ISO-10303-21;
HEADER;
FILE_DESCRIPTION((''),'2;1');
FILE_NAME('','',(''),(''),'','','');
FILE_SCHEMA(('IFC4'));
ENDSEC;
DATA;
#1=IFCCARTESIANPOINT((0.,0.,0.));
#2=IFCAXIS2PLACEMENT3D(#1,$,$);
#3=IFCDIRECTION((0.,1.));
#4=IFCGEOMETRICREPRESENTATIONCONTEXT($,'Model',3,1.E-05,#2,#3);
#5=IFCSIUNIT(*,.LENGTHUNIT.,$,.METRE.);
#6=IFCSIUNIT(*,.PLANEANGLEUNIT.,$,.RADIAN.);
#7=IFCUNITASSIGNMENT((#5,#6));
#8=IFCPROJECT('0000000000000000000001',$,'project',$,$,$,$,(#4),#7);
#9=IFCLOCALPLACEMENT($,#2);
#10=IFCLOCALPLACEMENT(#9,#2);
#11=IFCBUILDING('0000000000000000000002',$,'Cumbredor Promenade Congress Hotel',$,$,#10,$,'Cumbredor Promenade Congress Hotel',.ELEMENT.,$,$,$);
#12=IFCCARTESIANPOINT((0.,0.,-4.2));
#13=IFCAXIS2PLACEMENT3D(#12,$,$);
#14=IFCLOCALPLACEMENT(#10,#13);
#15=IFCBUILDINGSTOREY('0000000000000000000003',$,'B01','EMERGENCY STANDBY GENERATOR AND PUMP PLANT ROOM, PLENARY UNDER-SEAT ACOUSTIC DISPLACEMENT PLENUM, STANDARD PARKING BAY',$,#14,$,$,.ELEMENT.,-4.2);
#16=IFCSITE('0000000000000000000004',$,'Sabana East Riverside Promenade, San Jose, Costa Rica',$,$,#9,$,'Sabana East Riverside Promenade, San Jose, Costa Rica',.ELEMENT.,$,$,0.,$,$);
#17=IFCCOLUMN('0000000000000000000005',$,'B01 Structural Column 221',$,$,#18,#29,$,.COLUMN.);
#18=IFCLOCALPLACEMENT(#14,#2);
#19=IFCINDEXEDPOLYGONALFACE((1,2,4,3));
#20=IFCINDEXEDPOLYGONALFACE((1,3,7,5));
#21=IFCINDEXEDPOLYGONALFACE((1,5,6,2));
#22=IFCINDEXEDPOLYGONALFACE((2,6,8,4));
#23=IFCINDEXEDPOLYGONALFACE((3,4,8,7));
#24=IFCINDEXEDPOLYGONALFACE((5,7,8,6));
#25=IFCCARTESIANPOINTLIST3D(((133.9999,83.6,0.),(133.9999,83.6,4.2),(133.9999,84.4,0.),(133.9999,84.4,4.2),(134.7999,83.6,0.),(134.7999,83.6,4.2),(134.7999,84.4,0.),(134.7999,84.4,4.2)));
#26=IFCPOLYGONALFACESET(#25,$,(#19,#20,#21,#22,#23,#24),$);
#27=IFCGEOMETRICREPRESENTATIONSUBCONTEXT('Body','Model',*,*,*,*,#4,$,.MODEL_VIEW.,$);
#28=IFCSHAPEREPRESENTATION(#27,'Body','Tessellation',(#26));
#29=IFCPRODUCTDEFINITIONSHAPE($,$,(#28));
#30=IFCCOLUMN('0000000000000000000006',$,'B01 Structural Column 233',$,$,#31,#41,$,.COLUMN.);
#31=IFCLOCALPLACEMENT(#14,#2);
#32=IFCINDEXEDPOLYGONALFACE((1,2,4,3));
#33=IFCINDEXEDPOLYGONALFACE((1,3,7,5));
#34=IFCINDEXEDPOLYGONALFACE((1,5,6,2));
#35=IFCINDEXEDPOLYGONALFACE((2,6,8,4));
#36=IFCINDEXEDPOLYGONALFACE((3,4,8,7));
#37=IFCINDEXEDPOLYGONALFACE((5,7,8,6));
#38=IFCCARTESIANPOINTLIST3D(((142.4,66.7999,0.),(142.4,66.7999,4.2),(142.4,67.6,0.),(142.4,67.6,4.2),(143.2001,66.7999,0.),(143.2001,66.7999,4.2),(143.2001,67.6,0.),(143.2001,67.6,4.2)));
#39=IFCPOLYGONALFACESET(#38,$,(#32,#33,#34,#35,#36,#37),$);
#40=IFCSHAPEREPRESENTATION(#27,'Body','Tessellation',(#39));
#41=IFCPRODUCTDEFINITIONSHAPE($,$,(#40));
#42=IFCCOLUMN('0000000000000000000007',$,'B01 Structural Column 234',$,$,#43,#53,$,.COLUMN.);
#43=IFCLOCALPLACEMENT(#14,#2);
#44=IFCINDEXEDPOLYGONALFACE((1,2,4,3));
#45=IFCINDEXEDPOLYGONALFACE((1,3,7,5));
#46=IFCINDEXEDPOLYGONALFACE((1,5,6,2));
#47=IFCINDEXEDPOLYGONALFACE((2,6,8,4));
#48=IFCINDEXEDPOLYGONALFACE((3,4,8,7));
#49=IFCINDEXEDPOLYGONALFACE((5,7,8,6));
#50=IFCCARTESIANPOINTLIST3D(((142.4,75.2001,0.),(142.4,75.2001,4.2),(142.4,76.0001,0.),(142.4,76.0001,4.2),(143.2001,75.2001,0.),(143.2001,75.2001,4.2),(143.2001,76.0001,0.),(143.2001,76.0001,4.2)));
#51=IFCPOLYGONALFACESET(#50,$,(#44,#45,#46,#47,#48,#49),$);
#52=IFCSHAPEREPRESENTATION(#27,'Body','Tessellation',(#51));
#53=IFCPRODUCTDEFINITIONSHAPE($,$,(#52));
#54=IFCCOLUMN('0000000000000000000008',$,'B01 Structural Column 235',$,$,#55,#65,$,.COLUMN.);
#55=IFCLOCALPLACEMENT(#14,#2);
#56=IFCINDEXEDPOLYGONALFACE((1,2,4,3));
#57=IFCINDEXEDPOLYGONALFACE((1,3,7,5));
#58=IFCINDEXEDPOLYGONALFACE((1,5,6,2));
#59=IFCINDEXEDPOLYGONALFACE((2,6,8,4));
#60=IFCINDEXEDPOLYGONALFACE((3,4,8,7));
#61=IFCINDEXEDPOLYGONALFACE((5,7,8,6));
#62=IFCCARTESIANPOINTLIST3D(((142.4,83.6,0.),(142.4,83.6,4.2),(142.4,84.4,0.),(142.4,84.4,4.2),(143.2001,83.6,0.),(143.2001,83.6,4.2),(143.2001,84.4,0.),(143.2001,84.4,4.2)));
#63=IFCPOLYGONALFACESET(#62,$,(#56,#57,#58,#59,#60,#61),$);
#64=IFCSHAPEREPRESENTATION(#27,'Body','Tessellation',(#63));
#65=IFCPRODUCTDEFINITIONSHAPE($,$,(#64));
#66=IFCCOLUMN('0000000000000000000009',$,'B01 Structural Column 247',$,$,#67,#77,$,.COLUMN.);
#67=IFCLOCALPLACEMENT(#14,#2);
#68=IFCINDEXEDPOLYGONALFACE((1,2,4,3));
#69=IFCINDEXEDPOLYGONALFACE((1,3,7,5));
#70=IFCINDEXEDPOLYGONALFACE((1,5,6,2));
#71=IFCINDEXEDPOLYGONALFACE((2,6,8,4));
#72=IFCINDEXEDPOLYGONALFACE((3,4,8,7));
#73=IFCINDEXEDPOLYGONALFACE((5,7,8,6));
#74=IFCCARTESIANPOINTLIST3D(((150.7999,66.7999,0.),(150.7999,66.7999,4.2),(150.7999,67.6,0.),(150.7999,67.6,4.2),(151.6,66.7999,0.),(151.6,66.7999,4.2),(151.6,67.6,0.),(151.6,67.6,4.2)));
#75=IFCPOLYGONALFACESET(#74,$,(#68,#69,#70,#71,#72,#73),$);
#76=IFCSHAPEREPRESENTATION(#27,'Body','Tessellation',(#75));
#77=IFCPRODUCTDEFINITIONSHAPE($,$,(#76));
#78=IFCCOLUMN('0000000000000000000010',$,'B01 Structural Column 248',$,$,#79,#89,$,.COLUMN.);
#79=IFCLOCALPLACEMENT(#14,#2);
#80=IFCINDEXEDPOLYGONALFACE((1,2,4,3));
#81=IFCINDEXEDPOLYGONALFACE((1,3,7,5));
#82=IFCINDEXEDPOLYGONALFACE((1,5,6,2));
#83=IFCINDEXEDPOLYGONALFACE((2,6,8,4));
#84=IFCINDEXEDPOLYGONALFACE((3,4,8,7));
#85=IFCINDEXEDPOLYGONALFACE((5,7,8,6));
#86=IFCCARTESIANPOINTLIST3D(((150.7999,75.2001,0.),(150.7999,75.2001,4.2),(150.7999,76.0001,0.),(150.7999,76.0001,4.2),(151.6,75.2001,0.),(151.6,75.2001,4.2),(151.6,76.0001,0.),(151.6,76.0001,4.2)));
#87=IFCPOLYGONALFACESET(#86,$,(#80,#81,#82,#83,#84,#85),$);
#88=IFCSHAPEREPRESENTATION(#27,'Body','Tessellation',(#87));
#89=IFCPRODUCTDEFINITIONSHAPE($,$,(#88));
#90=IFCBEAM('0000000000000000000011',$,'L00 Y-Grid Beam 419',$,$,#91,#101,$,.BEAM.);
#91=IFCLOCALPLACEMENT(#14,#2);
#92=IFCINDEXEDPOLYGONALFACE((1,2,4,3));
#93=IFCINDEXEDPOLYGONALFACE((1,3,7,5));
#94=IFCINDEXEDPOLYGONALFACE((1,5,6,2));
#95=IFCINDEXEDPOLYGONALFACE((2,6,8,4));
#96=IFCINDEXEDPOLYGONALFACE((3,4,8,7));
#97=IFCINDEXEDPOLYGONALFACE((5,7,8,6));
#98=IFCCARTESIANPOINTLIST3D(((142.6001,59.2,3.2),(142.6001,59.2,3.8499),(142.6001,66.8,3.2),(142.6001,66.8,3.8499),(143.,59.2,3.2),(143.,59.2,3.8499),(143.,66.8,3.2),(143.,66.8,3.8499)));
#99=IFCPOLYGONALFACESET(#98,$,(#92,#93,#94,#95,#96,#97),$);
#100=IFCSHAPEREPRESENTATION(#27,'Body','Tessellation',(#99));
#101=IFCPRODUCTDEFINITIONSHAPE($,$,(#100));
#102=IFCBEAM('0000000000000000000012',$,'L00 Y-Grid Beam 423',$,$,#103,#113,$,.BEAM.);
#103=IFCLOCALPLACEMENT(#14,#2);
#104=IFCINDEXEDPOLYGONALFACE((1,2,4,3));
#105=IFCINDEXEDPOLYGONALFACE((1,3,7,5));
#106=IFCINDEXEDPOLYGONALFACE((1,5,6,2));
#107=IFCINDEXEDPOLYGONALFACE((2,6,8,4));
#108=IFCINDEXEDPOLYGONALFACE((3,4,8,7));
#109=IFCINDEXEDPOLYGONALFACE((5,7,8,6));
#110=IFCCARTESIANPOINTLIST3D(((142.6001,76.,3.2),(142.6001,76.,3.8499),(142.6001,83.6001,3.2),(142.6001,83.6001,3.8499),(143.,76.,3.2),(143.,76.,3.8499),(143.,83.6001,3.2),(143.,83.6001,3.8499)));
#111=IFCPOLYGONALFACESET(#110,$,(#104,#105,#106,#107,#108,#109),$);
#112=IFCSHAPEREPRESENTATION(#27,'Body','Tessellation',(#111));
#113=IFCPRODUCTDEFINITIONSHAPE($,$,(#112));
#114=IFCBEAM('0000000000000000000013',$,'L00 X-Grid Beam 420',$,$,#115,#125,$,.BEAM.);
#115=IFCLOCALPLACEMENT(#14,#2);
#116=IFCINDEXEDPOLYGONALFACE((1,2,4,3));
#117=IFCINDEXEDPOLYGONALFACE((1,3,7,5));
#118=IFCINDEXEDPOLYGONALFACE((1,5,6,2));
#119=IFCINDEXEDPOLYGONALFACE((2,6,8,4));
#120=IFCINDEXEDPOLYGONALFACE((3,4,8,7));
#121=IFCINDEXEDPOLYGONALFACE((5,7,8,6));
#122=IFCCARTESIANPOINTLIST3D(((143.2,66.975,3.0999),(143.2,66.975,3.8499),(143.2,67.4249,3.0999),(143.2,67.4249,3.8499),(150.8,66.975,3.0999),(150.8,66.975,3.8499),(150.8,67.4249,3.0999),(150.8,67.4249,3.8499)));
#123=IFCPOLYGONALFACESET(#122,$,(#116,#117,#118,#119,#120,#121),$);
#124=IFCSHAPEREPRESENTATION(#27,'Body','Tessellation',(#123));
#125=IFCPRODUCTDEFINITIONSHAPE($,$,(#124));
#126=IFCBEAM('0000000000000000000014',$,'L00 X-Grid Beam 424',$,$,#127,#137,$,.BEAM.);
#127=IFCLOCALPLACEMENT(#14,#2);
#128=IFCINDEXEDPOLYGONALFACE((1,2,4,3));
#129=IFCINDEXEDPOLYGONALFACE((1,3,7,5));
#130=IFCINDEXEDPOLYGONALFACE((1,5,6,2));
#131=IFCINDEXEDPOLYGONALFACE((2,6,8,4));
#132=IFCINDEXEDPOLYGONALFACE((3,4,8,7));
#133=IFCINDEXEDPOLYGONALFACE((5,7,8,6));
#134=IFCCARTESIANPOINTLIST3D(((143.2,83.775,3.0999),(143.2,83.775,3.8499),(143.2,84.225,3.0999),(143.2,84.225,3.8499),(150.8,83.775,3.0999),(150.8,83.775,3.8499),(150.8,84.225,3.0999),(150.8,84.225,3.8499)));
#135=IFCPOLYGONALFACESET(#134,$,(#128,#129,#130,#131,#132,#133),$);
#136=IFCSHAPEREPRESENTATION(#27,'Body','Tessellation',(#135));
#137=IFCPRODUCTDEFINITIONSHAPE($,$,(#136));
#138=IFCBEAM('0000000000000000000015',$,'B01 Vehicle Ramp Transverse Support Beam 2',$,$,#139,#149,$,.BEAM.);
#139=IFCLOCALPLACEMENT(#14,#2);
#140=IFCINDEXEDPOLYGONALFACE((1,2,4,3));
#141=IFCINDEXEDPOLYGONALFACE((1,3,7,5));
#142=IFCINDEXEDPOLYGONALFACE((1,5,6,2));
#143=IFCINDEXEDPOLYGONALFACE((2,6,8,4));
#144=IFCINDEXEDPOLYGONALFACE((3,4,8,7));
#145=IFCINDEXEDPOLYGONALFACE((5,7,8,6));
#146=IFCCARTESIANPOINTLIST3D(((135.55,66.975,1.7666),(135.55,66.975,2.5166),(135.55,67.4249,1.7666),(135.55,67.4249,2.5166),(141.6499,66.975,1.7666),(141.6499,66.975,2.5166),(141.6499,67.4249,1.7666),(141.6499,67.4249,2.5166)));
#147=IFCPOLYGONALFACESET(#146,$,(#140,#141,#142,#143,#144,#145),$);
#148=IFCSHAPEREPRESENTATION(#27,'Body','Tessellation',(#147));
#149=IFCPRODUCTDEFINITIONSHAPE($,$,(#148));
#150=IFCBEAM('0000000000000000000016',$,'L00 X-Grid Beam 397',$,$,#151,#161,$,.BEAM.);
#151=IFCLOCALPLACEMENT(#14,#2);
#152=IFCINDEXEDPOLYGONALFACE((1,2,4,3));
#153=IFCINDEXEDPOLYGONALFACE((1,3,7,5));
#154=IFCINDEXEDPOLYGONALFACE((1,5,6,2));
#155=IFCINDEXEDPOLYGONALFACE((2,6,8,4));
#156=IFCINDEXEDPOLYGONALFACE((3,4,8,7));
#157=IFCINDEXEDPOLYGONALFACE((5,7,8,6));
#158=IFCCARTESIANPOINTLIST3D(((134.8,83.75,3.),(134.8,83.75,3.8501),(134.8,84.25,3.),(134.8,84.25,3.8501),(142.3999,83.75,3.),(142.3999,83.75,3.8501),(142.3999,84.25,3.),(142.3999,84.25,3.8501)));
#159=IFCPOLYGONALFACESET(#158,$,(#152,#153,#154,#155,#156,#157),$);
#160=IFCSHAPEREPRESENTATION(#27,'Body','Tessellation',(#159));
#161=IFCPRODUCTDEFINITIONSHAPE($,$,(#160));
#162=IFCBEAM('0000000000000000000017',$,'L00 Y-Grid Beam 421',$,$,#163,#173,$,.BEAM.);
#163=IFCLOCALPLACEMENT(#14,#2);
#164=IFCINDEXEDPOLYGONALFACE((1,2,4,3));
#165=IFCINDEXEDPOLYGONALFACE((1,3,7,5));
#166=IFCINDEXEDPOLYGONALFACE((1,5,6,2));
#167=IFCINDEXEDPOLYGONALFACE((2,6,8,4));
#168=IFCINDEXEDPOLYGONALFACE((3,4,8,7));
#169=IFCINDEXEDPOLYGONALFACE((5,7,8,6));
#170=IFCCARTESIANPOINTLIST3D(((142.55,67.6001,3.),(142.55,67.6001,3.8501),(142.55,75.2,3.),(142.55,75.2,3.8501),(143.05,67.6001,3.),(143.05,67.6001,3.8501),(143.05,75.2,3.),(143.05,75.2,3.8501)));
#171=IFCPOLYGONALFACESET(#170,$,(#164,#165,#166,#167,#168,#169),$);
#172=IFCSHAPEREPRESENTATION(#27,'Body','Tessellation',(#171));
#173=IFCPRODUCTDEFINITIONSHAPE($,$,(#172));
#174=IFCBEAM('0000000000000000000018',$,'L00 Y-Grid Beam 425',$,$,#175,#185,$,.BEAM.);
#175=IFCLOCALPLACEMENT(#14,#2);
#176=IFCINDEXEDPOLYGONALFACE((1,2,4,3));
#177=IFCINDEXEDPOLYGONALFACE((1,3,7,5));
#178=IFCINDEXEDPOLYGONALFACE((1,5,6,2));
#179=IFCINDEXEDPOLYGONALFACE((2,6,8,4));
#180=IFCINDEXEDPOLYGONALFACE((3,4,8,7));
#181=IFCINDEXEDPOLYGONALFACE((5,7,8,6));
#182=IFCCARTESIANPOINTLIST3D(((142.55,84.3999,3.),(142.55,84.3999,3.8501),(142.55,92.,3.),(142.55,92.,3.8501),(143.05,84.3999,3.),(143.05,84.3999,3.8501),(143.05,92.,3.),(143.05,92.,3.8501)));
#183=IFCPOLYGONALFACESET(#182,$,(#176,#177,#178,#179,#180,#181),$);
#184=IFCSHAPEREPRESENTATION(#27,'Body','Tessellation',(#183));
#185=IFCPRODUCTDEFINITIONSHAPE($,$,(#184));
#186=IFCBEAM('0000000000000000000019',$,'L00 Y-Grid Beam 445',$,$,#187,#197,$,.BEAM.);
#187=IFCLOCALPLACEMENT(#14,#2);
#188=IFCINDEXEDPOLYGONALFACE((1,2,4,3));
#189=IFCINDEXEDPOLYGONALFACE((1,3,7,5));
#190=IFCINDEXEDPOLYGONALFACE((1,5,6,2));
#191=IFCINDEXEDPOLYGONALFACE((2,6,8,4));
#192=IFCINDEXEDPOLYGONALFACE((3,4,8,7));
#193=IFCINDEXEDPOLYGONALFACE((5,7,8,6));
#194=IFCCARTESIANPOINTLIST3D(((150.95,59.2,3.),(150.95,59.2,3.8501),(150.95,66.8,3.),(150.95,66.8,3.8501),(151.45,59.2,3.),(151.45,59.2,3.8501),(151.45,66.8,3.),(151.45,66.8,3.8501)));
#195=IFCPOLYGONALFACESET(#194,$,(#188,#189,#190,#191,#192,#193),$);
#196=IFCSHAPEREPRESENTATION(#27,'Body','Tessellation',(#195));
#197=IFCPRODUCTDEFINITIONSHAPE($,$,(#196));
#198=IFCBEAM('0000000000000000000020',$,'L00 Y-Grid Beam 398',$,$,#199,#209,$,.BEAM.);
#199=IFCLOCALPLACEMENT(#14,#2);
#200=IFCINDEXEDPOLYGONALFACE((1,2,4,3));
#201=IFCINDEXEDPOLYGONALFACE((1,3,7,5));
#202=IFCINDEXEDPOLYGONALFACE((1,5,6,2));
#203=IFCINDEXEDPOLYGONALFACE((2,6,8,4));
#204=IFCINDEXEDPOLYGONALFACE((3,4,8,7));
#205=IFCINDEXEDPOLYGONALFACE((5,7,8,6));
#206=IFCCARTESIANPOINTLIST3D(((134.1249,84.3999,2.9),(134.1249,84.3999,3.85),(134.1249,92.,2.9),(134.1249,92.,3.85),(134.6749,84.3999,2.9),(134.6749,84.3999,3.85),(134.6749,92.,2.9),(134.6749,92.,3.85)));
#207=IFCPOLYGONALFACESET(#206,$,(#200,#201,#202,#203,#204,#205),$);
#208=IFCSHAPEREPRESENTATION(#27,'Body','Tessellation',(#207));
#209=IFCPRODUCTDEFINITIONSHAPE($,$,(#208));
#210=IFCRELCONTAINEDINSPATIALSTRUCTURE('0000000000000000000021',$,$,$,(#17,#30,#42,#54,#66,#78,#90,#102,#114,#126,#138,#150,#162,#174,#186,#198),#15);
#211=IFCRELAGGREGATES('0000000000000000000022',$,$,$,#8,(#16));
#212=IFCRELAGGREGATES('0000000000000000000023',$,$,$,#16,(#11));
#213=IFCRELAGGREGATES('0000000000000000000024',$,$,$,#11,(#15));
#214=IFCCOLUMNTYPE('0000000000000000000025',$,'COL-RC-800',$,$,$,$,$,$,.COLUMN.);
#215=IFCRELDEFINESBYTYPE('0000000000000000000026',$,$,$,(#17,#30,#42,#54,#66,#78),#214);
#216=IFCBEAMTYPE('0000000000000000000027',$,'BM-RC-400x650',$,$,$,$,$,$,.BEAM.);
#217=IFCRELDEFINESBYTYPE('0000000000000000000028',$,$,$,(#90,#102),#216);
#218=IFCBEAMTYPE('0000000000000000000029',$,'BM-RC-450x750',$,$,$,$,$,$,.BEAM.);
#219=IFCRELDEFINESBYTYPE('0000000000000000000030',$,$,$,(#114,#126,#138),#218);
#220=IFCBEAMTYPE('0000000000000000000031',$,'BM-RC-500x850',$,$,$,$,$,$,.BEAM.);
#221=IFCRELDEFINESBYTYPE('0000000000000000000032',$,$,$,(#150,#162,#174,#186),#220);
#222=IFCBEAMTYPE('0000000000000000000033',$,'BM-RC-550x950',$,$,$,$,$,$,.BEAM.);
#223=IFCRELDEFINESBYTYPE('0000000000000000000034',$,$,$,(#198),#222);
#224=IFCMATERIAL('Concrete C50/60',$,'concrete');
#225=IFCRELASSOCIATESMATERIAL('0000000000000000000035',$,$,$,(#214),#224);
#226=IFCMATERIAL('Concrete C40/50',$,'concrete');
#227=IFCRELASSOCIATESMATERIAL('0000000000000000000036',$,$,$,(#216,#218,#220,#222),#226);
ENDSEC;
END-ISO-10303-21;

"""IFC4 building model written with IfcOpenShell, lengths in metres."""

from ifc_helpers import new_model, si_unit, direction, frame, origin, origin_2d, place, context, subcontext, project, spatial, rectangle, extrude, material, material_profile, profile_set, type_object, element, save


model = new_model("IFC4")

# Units and contexts
model_context = context("Model", 3, precision=1e-05, world=origin(), true_north=direction((0.0, 1.0)))
body_context = subcontext(model_context, "Body", "Model", "MODEL_VIEW")
ifc_project = project(units=[si_unit("LENGTHUNIT", "METRE"), si_unit("PLANEANGLEUNIT", "RADIAN")], contexts=[model_context])

# Site, building, storey
site_placement = place(None, origin())
site = spatial("IfcSite", under=ifc_project, at=site_placement, Name="Sabana East Riverside Promenade, San Jose, Costa Rica", LongName="Sabana East Riverside Promenade, San Jose, Costa Rica", CompositionType="ELEMENT", RefElevation=0.0)
building_placement = place(site_placement, origin())
building = spatial("IfcBuilding", under=site, at=building_placement, Name="Cumbredor Promenade Congress Hotel", LongName="Cumbredor Promenade Congress Hotel", CompositionType="ELEMENT")
storey_placement = place(building_placement, frame((0.0, 0.0, -4.2)))
storey = spatial("IfcBuildingStorey", under=building, at=storey_placement, Name="B01", Description="EMERGENCY STANDBY GENERATOR AND PUMP PLANT ROOM, PLENARY UNDER-SEAT ACOUSTIC DISPLACEMENT PLENUM, STANDARD PARKING BAY", CompositionType="ELEMENT", Elevation=-4.2)

# Columns
ifc_material_1 = material(Name="Concrete C50/60", Category="concrete")
ifc_material_profile_1 = material_profile(ifc_material_1, rectangle(XDim=0.8, YDim=0.8, at=origin_2d()), Name="RC 800x800")
ifc_profile_set_1 = profile_set([ifc_material_profile_1], Name="Concrete C50/60")
column_type = type_object("IfcColumnType", Name="COL-RC-800", PredefinedType="COLUMN", material=ifc_profile_set_1)
for number, where, z_axis, x_axis, name in (
    (1, (134.3999, 84.0, 0.0), (0.0, 0.0, 1.0), (1.0, 0.0, 0.0), "B01 Structural Column 221"),
    (2, (142.8, 67.2, 0.0), (0.0, 0.0, 1.0), (1.0, 0.0, 0.0), "B01 Structural Column 233"),
    (3, (142.8, 75.6001, 0.0), (0.0, 0.0, 1.0), (1.0, 0.0, 0.0), "B01 Structural Column 234"),
    (4, (142.8, 84.0, 0.0), (0.0, 0.0, 1.0), (1.0, 0.0, 0.0), "B01 Structural Column 235"),
    (5, (151.2, 67.2, 0.0), (0.0, 0.0, 1.0), (1.0, 0.0, 0.0), "B01 Structural Column 247"),
    (6, (151.2, 75.6001, 0.0), (0.0, 0.0, 1.0), (1.0, 0.0, 0.0), "B01 Structural Column 248"),
):
    element("IfcColumn", number, at=place(storey_placement, frame(where, z_axis=z_axis, x_axis=x_axis)), inside=storey, type_object=column_type, Name=name, PredefinedType="COLUMN", context=body_context, shape_type="SweptSolid", body=[
        extrude(rectangle(XDim=0.8, YDim=0.8, at=origin_2d()), origin(), (0.0, 0.0, 1.0), 4.2),
    ])

# Beams
ifc_material_2 = material(Name="Concrete C40/50", Category="concrete")
ifc_material_profile_2 = material_profile(ifc_material_2, rectangle(XDim=0.3999, YDim=0.6499, at=origin_2d()), Name="RC BEAM 400x650")
ifc_profile_set_2 = profile_set([ifc_material_profile_2], Name="Concrete C40/50")
beam_type_1 = type_object("IfcBeamType", Name="BM-RC-400x650", PredefinedType="BEAM", material=ifc_profile_set_2)
for number, where, z_axis, x_axis, name in (
    (7, (142.8, 59.2, 3.5249), (0.0, 1.0, 0.0), (-1.0, 0.0, 0.0), "L00 Y-Grid Beam 419"),
    (8, (142.8, 76.0, 3.5249), (0.0, 1.0, 0.0), (-1.0, 0.0, 0.0), "L00 Y-Grid Beam 423"),
):
    element("IfcBeam", number, at=place(storey_placement, frame(where, z_axis=z_axis, x_axis=x_axis)), inside=storey, type_object=beam_type_1, Name=name, PredefinedType="BEAM", context=body_context, shape_type="SweptSolid", body=[
        extrude(rectangle(XDim=0.3999, YDim=0.6499, at=origin_2d()), origin(), (0.0, 0.0, 1.0), 7.6001),
    ])
ifc_material_profile_3 = material_profile(ifc_material_2, rectangle(XDim=0.45, YDim=0.75, at=origin_2d()), Name="RC BEAM 450x750")
ifc_profile_set_3 = profile_set([ifc_material_profile_3], Name="Concrete C40/50")
beam_type_2 = type_object("IfcBeamType", Name="BM-RC-450x750", PredefinedType="BEAM", material=ifc_profile_set_3)
for number, where, z_axis, x_axis, name in (
    (9, (143.2, 67.2, 3.4749), (1.0, 0.0, 0.0), (0.0, 1.0, 0.0), "L00 X-Grid Beam 420"),
    (10, (143.2, 84.0, 3.4749), (1.0, 0.0, 0.0), (0.0, 1.0, 0.0), "L00 X-Grid Beam 424"),
):
    element("IfcBeam", number, at=place(storey_placement, frame(where, z_axis=z_axis, x_axis=x_axis)), inside=storey, type_object=beam_type_2, Name=name, PredefinedType="BEAM", context=body_context, shape_type="SweptSolid", body=[
        extrude(rectangle(XDim=0.45, YDim=0.75, at=origin_2d()), origin(), (0.0, 0.0, 1.0), 7.6001),
    ])
beam_1_placement = place(storey_placement, frame((135.55, 67.2, 2.1416), z_axis=(1.0, 0.0, 0.0), x_axis=(0.0, 1.0, 0.0)))
element("IfcBeam", 11, at=beam_1_placement, inside=storey, type_object=beam_type_2, Name="B01 Vehicle Ramp Transverse Support Beam 2", PredefinedType="BEAM", context=body_context, shape_type="SweptSolid", body=[
    extrude(rectangle(XDim=0.45, YDim=0.75, at=origin_2d()), origin(), (0.0, 0.0, 1.0), 6.0999),
])
ifc_material_profile_4 = material_profile(ifc_material_2, rectangle(XDim=0.5, YDim=0.8501, at=origin_2d()), Name="RC BEAM 500x850")
ifc_profile_set_4 = profile_set([ifc_material_profile_4], Name="Concrete C40/50")
beam_type_3 = type_object("IfcBeamType", Name="BM-RC-500x850", PredefinedType="BEAM", material=ifc_profile_set_4)
for number, where, z_axis, x_axis, name in (
    (12, (134.8, 84.0, 3.425), (1.0, 0.0, 0.0), (0.0, 1.0, 0.0), "L00 X-Grid Beam 397"),
    (13, (142.8, 67.6001, 3.425), (0.0, 1.0, 0.0), (-1.0, 0.0, 0.0), "L00 Y-Grid Beam 421"),
):
    element("IfcBeam", number, at=place(storey_placement, frame(where, z_axis=z_axis, x_axis=x_axis)), inside=storey, type_object=beam_type_3, Name=name, PredefinedType="BEAM", context=body_context, shape_type="SweptSolid", body=[
        extrude(rectangle(XDim=0.5, YDim=0.8501, at=origin_2d()), origin(), (0.0, 0.0, 1.0), 7.5999),
    ])
for number, where, z_axis, x_axis, name in (
    (14, (142.8, 84.3999, 3.425), (0.0, 1.0, 0.0), (-1.0, 0.0, 0.0), "L00 Y-Grid Beam 425"),
    (15, (151.2, 59.2, 3.425), (0.0, 1.0, 0.0), (-1.0, 0.0, 0.0), "L00 Y-Grid Beam 445"),
):
    element("IfcBeam", number, at=place(storey_placement, frame(where, z_axis=z_axis, x_axis=x_axis)), inside=storey, type_object=beam_type_3, Name=name, PredefinedType="BEAM", context=body_context, shape_type="SweptSolid", body=[
        extrude(rectangle(XDim=0.5, YDim=0.8501, at=origin_2d()), origin(), (0.0, 0.0, 1.0), 7.6001),
    ])
ifc_material_profile_5 = material_profile(ifc_material_2, rectangle(XDim=0.55, YDim=0.95, at=origin_2d()), Name="RC BEAM 550x950")
ifc_profile_set_5 = profile_set([ifc_material_profile_5], Name="Concrete C40/50")
beam_type_4 = type_object("IfcBeamType", Name="BM-RC-550x950", PredefinedType="BEAM", material=ifc_profile_set_5)
beam_2_placement = place(storey_placement, frame((134.3999, 84.3999, 3.375), z_axis=(0.0, 1.0, 0.0), x_axis=(-1.0, 0.0, 0.0)))
element("IfcBeam", 16, at=beam_2_placement, inside=storey, type_object=beam_type_4, Name="L00 Y-Grid Beam 398", PredefinedType="BEAM", context=body_context, shape_type="SweptSolid", body=[
    extrude(rectangle(XDim=0.55, YDim=0.95, at=origin_2d()), origin(), (0.0, 0.0, 1.0), 7.6001),
])

save(model, "model.ifc")
